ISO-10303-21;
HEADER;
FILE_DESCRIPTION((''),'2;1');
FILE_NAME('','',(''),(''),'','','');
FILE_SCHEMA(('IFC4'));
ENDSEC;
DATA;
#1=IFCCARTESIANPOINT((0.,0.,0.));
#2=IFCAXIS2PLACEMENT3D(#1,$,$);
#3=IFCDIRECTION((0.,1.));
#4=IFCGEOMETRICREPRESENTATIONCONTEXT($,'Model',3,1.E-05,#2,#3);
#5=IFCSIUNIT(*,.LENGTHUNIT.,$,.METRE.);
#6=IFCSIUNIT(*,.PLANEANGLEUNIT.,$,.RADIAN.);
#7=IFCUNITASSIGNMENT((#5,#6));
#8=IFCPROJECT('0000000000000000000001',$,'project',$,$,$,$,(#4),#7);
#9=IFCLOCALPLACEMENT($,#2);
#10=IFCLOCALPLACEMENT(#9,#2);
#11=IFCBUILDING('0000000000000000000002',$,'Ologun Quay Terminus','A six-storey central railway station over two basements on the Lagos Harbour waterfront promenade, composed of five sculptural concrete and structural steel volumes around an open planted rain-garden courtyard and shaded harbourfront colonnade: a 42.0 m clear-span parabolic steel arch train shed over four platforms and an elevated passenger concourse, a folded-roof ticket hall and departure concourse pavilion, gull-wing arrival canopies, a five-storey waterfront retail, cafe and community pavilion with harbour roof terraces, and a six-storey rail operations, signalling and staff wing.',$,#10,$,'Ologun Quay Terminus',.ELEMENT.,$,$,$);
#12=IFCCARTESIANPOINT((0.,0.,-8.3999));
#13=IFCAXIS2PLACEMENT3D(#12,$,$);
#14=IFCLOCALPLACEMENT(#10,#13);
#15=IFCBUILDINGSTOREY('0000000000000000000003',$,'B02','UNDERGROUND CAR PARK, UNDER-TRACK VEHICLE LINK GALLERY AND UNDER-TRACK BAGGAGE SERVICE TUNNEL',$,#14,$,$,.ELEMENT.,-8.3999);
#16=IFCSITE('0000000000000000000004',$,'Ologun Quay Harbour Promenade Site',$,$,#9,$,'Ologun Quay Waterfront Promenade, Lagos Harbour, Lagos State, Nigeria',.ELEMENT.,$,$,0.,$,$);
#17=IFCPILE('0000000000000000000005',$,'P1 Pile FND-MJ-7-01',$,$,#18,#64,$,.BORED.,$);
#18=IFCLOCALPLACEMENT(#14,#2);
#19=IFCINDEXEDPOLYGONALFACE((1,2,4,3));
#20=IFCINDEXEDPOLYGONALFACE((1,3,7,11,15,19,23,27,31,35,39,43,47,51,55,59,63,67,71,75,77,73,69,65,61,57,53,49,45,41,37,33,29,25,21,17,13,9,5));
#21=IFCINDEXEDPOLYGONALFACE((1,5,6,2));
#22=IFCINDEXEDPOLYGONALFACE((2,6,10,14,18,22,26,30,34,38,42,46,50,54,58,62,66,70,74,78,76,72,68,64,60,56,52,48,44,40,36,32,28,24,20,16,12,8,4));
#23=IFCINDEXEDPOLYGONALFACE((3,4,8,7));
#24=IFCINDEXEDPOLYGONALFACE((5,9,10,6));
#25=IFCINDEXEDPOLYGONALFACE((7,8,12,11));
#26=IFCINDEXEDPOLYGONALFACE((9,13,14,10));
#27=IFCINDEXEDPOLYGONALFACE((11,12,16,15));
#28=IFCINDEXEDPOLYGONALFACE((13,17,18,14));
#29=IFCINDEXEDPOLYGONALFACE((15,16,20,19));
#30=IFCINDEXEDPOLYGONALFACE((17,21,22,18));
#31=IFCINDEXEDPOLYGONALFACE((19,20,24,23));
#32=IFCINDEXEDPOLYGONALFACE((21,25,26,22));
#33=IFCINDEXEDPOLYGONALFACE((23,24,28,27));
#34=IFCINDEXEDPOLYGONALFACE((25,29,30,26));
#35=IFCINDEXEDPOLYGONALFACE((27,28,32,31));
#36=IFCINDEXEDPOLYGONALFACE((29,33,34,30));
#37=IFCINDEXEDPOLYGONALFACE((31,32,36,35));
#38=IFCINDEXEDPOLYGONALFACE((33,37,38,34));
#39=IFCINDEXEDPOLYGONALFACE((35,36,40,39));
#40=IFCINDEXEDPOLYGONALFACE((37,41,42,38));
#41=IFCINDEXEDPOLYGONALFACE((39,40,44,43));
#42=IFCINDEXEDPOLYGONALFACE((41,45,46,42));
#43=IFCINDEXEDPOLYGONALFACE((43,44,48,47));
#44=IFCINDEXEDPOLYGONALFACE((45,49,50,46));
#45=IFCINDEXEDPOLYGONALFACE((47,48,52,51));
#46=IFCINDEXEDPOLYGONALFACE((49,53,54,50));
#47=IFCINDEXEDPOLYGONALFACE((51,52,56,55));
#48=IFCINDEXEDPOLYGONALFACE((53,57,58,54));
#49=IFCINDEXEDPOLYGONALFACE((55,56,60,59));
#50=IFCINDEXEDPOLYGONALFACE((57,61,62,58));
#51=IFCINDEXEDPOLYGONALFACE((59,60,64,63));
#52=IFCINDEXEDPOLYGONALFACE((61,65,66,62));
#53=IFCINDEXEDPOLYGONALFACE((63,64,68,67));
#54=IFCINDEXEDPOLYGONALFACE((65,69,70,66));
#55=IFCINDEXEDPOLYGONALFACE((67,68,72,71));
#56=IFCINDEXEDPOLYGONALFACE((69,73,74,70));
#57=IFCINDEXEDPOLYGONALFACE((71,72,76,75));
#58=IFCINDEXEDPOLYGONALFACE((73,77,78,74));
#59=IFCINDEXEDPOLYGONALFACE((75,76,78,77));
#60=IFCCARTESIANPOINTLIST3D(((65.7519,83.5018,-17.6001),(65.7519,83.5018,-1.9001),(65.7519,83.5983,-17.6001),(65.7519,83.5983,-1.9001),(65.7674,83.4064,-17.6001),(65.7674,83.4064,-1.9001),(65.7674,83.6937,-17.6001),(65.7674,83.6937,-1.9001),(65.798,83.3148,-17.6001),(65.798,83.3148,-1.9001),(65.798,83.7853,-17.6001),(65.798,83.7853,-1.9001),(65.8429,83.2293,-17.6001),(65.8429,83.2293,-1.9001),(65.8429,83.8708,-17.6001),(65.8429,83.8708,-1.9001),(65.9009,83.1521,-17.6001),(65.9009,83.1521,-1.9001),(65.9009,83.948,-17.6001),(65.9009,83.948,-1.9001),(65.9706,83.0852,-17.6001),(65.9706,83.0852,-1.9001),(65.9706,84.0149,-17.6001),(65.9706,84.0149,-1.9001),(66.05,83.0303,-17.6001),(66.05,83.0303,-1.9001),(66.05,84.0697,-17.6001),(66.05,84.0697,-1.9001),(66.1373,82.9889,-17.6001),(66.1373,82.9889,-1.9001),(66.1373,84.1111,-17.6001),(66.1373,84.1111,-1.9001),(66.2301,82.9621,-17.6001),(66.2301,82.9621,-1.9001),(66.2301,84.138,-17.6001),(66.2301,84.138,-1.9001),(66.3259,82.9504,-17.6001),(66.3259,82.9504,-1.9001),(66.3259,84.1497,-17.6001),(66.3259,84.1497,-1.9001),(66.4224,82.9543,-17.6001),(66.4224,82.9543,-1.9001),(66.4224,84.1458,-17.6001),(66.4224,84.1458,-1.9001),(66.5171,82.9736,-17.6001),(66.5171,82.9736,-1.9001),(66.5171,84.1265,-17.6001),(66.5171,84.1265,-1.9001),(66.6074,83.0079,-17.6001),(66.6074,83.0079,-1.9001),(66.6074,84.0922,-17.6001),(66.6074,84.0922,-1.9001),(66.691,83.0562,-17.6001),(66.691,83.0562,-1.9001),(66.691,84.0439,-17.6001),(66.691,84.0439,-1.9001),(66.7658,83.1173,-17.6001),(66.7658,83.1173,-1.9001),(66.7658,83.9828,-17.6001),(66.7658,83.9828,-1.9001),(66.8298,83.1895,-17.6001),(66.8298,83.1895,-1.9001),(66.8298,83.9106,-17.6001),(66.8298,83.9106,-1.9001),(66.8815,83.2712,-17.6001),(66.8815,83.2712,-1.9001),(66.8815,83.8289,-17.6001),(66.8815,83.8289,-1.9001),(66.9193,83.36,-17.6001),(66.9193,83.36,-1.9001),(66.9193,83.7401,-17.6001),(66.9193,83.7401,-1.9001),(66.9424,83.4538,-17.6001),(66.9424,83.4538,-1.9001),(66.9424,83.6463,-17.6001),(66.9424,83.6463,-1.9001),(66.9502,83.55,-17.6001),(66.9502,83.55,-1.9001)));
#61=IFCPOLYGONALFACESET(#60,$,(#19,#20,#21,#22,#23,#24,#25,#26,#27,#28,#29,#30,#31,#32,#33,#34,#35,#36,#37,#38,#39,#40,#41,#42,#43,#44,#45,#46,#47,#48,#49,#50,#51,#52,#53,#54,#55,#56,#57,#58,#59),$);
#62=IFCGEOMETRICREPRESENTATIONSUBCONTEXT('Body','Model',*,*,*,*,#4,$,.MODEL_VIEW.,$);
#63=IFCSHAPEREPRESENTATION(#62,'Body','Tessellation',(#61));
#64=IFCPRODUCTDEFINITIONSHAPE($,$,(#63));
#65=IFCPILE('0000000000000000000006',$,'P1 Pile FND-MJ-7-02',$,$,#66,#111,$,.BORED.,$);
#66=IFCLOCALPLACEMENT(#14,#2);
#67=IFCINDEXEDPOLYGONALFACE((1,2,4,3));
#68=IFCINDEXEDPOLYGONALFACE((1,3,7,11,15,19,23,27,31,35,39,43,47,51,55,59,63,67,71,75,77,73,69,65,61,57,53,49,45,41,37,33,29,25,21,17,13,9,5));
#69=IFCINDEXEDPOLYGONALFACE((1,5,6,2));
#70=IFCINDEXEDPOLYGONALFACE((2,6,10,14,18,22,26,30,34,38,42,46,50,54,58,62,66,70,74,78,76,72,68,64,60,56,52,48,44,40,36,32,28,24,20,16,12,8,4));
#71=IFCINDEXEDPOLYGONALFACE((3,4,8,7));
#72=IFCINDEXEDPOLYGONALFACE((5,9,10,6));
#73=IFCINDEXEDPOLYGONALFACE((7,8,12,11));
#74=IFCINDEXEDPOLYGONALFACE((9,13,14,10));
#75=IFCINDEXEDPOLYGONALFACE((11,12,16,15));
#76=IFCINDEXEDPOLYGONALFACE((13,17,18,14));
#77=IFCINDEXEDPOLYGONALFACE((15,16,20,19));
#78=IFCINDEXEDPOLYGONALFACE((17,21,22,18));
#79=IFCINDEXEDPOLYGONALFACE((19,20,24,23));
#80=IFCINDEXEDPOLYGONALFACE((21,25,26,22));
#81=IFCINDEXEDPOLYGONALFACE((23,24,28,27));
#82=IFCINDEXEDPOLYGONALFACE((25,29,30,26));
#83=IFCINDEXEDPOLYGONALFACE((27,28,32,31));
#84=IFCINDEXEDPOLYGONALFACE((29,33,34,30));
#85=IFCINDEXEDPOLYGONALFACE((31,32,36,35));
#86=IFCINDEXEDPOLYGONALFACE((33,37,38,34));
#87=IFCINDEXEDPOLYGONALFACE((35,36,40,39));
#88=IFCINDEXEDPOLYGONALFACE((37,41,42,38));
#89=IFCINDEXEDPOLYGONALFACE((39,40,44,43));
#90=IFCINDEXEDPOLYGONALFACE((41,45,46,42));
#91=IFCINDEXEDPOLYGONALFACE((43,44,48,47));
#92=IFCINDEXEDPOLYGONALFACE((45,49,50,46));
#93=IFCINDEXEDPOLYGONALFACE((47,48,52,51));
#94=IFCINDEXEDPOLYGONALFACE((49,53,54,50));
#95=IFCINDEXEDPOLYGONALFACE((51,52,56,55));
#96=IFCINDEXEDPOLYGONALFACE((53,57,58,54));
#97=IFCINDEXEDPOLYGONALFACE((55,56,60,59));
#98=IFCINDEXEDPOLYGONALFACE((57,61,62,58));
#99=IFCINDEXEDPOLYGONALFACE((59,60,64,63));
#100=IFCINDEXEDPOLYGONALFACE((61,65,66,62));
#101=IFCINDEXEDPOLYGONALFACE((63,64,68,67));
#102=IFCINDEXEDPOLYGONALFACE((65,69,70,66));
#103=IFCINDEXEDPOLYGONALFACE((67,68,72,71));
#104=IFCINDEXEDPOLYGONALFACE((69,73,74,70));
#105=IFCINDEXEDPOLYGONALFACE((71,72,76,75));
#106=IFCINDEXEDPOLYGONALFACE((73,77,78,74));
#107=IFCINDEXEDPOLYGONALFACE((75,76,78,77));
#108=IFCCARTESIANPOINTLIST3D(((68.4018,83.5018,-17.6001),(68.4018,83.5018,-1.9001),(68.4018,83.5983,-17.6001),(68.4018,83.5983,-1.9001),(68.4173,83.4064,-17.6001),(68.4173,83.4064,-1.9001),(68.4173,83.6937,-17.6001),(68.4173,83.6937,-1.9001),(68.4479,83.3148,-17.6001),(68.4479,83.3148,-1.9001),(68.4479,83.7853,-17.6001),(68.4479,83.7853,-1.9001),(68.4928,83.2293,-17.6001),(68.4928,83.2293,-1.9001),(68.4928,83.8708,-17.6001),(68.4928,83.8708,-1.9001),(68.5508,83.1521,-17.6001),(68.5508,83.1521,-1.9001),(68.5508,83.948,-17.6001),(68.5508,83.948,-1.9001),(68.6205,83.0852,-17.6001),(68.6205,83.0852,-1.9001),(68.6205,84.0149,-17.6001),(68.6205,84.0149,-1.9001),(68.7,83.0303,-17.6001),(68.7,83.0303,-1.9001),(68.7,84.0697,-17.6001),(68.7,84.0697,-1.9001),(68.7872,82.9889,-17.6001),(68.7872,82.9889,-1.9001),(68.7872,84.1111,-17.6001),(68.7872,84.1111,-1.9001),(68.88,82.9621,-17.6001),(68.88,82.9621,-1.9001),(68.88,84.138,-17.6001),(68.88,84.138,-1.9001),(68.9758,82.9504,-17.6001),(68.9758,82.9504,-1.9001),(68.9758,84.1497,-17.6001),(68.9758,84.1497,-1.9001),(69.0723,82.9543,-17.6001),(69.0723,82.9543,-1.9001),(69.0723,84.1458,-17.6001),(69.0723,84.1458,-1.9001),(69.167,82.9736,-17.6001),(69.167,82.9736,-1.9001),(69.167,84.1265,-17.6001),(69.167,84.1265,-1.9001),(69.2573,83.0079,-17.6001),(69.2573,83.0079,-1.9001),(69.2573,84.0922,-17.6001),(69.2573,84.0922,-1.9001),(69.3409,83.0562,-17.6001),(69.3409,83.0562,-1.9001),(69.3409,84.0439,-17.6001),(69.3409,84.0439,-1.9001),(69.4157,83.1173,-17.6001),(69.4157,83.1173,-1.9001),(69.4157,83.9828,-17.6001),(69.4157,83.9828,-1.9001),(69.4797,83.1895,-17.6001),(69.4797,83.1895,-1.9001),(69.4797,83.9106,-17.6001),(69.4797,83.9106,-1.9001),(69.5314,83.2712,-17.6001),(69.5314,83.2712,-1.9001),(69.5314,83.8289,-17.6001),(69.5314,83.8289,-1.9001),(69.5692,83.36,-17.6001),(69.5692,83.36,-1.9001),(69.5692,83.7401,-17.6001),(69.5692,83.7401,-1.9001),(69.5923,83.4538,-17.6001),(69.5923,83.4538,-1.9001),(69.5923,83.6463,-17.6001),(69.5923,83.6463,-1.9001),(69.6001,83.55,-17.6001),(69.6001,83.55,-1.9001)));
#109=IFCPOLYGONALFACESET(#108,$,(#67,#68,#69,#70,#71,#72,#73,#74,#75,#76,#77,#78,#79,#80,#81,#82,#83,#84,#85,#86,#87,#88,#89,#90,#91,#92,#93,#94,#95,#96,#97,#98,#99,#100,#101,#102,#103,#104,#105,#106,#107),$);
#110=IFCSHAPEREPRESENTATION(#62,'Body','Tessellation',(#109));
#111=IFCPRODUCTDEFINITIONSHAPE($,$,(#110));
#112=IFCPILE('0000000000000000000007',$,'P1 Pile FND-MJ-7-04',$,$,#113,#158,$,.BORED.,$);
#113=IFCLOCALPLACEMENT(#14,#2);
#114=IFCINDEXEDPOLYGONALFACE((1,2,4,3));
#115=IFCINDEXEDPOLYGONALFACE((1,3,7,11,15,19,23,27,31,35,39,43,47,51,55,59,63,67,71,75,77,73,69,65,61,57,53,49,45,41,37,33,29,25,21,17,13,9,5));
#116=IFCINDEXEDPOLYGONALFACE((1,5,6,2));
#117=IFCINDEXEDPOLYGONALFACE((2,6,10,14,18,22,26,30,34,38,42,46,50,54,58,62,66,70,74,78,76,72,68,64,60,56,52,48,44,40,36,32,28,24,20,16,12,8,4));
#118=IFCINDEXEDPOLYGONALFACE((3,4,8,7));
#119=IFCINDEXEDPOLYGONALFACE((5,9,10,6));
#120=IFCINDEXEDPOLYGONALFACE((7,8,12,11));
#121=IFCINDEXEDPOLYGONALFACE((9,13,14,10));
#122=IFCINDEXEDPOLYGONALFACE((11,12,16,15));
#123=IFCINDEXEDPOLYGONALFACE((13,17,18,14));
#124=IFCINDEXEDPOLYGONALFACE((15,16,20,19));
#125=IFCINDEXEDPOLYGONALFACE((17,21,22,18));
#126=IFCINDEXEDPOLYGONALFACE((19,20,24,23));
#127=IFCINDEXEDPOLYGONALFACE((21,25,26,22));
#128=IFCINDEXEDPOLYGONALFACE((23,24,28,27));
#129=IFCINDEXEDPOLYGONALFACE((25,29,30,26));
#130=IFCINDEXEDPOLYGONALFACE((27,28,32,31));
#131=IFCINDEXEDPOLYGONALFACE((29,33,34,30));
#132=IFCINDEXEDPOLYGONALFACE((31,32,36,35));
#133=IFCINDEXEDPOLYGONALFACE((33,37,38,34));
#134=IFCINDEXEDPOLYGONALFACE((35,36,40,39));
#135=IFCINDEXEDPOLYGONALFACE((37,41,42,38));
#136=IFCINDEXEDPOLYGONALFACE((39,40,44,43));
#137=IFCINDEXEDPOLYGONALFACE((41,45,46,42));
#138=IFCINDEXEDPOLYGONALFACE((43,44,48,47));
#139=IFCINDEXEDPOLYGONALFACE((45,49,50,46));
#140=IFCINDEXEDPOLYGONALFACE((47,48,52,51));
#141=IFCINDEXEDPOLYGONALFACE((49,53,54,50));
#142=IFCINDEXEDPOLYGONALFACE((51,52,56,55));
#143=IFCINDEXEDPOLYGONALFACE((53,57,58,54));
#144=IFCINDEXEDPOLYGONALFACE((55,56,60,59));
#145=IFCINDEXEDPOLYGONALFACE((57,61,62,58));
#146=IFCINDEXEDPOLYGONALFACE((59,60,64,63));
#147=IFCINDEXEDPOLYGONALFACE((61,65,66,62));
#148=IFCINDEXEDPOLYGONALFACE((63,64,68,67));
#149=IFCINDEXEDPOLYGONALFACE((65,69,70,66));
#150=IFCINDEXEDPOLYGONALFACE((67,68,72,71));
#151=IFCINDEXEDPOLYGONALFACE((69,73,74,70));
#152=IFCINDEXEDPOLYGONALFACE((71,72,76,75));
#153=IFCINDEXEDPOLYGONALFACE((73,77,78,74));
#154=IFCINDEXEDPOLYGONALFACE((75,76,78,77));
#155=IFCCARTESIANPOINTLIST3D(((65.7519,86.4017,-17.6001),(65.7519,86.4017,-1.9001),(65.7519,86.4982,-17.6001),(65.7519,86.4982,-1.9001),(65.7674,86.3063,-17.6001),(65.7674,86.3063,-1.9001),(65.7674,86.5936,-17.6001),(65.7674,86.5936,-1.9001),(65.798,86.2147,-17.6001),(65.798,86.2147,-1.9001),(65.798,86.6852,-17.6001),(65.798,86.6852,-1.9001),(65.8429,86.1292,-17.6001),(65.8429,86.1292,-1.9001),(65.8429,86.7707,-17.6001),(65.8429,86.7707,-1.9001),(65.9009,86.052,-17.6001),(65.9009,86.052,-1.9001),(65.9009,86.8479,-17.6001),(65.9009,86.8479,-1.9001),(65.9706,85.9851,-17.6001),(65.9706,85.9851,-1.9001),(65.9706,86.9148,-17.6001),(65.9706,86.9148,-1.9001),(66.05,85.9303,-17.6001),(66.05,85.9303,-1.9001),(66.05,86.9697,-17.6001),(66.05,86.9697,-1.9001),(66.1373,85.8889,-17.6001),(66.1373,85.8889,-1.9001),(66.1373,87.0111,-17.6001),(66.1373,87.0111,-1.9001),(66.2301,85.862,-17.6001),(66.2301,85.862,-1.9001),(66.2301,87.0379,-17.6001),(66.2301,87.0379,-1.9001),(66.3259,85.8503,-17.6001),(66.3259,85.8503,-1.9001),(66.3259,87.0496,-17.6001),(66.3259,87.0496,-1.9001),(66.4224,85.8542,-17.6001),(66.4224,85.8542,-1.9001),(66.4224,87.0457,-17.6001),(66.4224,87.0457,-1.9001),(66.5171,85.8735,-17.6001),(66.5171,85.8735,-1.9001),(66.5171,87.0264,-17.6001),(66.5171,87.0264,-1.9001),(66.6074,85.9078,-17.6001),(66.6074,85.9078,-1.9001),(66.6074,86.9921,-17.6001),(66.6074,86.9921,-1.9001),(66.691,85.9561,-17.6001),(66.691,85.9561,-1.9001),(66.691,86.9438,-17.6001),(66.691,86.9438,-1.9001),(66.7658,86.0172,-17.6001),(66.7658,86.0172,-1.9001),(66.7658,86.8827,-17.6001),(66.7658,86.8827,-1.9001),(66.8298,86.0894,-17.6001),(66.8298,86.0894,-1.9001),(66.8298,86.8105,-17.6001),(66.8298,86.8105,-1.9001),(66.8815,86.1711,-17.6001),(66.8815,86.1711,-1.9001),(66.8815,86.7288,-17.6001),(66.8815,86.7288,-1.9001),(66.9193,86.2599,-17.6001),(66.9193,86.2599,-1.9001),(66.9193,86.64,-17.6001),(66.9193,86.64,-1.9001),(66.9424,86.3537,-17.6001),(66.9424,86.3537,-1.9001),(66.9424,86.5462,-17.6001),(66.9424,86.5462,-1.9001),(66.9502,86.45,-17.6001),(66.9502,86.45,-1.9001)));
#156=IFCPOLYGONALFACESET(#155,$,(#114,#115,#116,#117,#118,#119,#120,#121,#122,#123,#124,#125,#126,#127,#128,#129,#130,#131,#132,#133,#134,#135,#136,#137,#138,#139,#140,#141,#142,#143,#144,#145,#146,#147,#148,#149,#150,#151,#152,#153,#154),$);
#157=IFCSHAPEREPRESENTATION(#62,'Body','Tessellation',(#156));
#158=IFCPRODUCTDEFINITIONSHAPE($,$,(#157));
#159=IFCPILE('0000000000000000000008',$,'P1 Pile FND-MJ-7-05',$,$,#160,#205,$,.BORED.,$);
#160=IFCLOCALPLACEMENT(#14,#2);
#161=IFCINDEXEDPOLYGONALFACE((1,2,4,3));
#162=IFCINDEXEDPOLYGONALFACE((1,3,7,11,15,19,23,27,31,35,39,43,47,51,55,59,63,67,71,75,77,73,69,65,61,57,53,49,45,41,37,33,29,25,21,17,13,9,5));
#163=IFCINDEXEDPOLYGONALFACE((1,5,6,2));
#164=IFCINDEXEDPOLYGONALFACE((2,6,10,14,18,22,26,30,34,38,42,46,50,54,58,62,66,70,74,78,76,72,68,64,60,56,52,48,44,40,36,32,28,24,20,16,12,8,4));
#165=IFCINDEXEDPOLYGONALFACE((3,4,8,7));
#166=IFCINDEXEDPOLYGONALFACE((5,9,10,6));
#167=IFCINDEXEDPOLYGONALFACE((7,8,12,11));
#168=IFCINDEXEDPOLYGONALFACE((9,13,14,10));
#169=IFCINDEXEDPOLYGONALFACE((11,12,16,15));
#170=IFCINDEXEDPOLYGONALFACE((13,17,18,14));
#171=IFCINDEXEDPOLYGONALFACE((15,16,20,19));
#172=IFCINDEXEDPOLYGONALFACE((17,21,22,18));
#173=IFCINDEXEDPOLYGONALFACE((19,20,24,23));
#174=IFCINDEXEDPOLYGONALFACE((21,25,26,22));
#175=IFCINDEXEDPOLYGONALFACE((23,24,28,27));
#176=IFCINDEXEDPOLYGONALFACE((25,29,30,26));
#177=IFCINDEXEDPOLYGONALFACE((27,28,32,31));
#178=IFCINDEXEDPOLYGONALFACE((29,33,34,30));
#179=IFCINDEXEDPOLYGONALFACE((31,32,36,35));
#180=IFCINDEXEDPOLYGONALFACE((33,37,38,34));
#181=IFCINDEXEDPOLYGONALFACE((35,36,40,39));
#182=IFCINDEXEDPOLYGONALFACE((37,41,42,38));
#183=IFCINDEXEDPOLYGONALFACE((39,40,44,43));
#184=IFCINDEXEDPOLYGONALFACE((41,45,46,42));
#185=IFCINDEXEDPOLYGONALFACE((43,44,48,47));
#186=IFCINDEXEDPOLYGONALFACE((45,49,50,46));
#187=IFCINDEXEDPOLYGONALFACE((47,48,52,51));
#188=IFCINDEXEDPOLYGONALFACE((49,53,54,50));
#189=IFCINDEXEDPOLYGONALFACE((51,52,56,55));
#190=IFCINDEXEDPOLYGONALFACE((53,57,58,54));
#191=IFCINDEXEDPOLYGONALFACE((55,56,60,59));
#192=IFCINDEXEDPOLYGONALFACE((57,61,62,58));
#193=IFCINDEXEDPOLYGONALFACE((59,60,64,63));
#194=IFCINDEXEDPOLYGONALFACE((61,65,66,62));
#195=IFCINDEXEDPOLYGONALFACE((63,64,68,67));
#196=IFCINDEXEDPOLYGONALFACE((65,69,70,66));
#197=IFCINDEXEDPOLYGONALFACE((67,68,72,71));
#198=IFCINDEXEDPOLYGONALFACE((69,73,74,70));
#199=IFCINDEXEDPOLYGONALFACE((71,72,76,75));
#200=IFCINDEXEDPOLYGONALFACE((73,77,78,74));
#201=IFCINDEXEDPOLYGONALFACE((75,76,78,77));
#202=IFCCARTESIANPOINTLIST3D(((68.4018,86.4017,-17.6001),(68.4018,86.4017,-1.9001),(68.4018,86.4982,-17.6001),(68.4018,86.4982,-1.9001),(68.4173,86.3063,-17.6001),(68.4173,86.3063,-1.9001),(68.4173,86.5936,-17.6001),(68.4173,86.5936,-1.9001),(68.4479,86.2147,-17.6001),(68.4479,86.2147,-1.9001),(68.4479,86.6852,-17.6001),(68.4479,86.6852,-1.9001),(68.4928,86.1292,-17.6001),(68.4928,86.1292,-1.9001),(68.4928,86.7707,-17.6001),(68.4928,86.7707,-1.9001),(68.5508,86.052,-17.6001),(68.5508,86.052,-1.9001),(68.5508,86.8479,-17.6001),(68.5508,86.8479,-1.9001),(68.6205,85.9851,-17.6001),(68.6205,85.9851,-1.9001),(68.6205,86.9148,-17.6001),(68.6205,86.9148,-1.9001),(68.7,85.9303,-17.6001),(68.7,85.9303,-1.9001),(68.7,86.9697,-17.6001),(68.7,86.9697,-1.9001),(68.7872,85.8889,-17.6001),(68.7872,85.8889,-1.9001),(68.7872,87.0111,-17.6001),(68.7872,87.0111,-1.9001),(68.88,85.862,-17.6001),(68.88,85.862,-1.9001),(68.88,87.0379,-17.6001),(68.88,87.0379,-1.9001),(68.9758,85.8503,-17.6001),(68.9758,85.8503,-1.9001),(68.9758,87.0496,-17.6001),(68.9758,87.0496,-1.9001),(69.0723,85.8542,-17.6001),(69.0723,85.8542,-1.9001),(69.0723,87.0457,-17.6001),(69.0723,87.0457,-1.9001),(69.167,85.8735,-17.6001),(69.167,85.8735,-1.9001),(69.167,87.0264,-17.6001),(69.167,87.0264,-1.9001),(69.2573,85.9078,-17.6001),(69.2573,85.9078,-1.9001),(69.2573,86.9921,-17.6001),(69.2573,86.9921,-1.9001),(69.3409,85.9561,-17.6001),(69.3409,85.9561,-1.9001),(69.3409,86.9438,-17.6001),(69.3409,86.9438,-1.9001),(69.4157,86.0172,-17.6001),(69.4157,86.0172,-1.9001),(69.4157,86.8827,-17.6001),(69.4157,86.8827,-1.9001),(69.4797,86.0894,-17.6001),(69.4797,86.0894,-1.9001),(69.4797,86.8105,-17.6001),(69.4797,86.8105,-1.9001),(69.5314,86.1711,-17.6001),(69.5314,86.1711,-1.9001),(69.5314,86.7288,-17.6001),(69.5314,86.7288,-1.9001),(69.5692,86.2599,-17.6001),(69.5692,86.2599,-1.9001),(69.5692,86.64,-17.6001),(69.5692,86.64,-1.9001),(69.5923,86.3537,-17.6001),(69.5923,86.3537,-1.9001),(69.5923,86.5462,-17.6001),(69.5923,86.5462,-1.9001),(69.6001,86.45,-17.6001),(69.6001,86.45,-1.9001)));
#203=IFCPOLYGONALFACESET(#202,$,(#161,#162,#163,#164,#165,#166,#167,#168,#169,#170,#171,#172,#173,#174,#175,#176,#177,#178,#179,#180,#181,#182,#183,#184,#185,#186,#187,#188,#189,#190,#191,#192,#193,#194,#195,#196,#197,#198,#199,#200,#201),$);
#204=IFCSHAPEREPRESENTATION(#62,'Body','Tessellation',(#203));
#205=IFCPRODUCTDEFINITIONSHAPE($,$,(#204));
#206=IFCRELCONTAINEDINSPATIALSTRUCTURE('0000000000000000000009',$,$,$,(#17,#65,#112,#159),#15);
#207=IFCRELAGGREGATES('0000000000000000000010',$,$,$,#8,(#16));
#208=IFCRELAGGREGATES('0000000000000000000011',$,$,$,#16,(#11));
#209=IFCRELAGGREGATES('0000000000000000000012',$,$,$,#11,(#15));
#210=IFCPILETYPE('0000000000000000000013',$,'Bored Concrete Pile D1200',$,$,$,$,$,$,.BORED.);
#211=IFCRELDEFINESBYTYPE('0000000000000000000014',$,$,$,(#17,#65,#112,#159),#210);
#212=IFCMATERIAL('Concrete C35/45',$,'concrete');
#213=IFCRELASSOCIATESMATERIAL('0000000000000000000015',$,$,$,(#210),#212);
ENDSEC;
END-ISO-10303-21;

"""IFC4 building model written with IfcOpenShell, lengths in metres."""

from ifc_helpers import new_model, si_unit, direction, frame, origin, origin_2d, place, context, subcontext, project, spatial, circle, extrude, material, material_profile, profile_set, type_object, element, save


model = new_model("IFC4")

# Units and contexts
model_context = context("Model", 3, precision=1e-05, world=origin(), true_north=direction((0.0, 1.0)))
body_context = subcontext(model_context, "Body", "Model", "MODEL_VIEW")
ifc_project = project(units=[si_unit("LENGTHUNIT", "METRE"), si_unit("PLANEANGLEUNIT", "RADIAN")], contexts=[model_context])

# Site, building, storey
site_placement = place(None, origin())
site = spatial("IfcSite", under=ifc_project, at=site_placement, Name="Ologun Quay Harbour Promenade Site", LongName="Ologun Quay Waterfront Promenade, Lagos Harbour, Lagos State, Nigeria", CompositionType="ELEMENT", RefElevation=0.0)
building_placement = place(site_placement, origin())
building = spatial("IfcBuilding", under=site, at=building_placement, Name="Ologun Quay Terminus", Description="A six-storey central railway station over two basements on the Lagos Harbour waterfront promenade, composed of five sculptural concrete and structural steel volumes around an open planted rain-garden courtyard and shaded harbourfront colonnade: a 42.0 m clear-span parabolic steel arch train shed over four platforms and an elevated passenger concourse, a folded-roof ticket hall and departure concourse pavilion, gull-wing arrival canopies, a five-storey waterfront retail, cafe and community pavilion with harbour roof terraces, and a six-storey rail operations, signalling and staff wing.", LongName="Ologun Quay Terminus", CompositionType="ELEMENT")
storey_placement = place(building_placement, frame((0.0, 0.0, -8.3999)))
storey = spatial("IfcBuildingStorey", under=building, at=storey_placement, Name="B02", Description="UNDERGROUND CAR PARK, UNDER-TRACK VEHICLE LINK GALLERY AND UNDER-TRACK BAGGAGE SERVICE TUNNEL", CompositionType="ELEMENT", Elevation=-8.3999)

# Piles
ifc_material_1 = material(Name="Concrete C35/45", Category="concrete")
ifc_material_profile_1 = material_profile(ifc_material_1, circle(Radius=0.6001, at=origin_2d()), Name="PILE D1200")
ifc_profile_set_1 = profile_set([ifc_material_profile_1], Name="Concrete C35/45")
pile_type = type_object("IfcPileType", Name="Bored Concrete Pile D1200", PredefinedType="BORED", material=ifc_profile_set_1)
for number, where, z_axis, x_axis, name in (
    (1, (66.3501, 83.55, -1.9001), (0.0, 0.0, -1.0), (1.0, 0.0, 0.0), "P1 Pile FND-MJ-7-01"),
    (2, (69.0, 83.55, -1.9001), (0.0, 0.0, -1.0), (1.0, 0.0, 0.0), "P1 Pile FND-MJ-7-02"),
    (3, (66.3501, 86.45, -1.9001), (0.0, 0.0, -1.0), (1.0, 0.0, 0.0), "P1 Pile FND-MJ-7-04"),
    (4, (69.0, 86.45, -1.9001), (0.0, 0.0, -1.0), (1.0, 0.0, 0.0), "P1 Pile FND-MJ-7-05"),
):
    element("IfcPile", number, at=place(storey_placement, frame(where, z_axis=z_axis, x_axis=x_axis)), inside=storey, type_object=pile_type, Name=name, PredefinedType="BORED", context=body_context, shape_type="SweptSolid", body=[
        extrude(circle(Radius=0.6001, at=origin_2d()), origin(), (0.0, 0.0, 1.0), 15.7),
    ])

save(model, "model.ifc")
